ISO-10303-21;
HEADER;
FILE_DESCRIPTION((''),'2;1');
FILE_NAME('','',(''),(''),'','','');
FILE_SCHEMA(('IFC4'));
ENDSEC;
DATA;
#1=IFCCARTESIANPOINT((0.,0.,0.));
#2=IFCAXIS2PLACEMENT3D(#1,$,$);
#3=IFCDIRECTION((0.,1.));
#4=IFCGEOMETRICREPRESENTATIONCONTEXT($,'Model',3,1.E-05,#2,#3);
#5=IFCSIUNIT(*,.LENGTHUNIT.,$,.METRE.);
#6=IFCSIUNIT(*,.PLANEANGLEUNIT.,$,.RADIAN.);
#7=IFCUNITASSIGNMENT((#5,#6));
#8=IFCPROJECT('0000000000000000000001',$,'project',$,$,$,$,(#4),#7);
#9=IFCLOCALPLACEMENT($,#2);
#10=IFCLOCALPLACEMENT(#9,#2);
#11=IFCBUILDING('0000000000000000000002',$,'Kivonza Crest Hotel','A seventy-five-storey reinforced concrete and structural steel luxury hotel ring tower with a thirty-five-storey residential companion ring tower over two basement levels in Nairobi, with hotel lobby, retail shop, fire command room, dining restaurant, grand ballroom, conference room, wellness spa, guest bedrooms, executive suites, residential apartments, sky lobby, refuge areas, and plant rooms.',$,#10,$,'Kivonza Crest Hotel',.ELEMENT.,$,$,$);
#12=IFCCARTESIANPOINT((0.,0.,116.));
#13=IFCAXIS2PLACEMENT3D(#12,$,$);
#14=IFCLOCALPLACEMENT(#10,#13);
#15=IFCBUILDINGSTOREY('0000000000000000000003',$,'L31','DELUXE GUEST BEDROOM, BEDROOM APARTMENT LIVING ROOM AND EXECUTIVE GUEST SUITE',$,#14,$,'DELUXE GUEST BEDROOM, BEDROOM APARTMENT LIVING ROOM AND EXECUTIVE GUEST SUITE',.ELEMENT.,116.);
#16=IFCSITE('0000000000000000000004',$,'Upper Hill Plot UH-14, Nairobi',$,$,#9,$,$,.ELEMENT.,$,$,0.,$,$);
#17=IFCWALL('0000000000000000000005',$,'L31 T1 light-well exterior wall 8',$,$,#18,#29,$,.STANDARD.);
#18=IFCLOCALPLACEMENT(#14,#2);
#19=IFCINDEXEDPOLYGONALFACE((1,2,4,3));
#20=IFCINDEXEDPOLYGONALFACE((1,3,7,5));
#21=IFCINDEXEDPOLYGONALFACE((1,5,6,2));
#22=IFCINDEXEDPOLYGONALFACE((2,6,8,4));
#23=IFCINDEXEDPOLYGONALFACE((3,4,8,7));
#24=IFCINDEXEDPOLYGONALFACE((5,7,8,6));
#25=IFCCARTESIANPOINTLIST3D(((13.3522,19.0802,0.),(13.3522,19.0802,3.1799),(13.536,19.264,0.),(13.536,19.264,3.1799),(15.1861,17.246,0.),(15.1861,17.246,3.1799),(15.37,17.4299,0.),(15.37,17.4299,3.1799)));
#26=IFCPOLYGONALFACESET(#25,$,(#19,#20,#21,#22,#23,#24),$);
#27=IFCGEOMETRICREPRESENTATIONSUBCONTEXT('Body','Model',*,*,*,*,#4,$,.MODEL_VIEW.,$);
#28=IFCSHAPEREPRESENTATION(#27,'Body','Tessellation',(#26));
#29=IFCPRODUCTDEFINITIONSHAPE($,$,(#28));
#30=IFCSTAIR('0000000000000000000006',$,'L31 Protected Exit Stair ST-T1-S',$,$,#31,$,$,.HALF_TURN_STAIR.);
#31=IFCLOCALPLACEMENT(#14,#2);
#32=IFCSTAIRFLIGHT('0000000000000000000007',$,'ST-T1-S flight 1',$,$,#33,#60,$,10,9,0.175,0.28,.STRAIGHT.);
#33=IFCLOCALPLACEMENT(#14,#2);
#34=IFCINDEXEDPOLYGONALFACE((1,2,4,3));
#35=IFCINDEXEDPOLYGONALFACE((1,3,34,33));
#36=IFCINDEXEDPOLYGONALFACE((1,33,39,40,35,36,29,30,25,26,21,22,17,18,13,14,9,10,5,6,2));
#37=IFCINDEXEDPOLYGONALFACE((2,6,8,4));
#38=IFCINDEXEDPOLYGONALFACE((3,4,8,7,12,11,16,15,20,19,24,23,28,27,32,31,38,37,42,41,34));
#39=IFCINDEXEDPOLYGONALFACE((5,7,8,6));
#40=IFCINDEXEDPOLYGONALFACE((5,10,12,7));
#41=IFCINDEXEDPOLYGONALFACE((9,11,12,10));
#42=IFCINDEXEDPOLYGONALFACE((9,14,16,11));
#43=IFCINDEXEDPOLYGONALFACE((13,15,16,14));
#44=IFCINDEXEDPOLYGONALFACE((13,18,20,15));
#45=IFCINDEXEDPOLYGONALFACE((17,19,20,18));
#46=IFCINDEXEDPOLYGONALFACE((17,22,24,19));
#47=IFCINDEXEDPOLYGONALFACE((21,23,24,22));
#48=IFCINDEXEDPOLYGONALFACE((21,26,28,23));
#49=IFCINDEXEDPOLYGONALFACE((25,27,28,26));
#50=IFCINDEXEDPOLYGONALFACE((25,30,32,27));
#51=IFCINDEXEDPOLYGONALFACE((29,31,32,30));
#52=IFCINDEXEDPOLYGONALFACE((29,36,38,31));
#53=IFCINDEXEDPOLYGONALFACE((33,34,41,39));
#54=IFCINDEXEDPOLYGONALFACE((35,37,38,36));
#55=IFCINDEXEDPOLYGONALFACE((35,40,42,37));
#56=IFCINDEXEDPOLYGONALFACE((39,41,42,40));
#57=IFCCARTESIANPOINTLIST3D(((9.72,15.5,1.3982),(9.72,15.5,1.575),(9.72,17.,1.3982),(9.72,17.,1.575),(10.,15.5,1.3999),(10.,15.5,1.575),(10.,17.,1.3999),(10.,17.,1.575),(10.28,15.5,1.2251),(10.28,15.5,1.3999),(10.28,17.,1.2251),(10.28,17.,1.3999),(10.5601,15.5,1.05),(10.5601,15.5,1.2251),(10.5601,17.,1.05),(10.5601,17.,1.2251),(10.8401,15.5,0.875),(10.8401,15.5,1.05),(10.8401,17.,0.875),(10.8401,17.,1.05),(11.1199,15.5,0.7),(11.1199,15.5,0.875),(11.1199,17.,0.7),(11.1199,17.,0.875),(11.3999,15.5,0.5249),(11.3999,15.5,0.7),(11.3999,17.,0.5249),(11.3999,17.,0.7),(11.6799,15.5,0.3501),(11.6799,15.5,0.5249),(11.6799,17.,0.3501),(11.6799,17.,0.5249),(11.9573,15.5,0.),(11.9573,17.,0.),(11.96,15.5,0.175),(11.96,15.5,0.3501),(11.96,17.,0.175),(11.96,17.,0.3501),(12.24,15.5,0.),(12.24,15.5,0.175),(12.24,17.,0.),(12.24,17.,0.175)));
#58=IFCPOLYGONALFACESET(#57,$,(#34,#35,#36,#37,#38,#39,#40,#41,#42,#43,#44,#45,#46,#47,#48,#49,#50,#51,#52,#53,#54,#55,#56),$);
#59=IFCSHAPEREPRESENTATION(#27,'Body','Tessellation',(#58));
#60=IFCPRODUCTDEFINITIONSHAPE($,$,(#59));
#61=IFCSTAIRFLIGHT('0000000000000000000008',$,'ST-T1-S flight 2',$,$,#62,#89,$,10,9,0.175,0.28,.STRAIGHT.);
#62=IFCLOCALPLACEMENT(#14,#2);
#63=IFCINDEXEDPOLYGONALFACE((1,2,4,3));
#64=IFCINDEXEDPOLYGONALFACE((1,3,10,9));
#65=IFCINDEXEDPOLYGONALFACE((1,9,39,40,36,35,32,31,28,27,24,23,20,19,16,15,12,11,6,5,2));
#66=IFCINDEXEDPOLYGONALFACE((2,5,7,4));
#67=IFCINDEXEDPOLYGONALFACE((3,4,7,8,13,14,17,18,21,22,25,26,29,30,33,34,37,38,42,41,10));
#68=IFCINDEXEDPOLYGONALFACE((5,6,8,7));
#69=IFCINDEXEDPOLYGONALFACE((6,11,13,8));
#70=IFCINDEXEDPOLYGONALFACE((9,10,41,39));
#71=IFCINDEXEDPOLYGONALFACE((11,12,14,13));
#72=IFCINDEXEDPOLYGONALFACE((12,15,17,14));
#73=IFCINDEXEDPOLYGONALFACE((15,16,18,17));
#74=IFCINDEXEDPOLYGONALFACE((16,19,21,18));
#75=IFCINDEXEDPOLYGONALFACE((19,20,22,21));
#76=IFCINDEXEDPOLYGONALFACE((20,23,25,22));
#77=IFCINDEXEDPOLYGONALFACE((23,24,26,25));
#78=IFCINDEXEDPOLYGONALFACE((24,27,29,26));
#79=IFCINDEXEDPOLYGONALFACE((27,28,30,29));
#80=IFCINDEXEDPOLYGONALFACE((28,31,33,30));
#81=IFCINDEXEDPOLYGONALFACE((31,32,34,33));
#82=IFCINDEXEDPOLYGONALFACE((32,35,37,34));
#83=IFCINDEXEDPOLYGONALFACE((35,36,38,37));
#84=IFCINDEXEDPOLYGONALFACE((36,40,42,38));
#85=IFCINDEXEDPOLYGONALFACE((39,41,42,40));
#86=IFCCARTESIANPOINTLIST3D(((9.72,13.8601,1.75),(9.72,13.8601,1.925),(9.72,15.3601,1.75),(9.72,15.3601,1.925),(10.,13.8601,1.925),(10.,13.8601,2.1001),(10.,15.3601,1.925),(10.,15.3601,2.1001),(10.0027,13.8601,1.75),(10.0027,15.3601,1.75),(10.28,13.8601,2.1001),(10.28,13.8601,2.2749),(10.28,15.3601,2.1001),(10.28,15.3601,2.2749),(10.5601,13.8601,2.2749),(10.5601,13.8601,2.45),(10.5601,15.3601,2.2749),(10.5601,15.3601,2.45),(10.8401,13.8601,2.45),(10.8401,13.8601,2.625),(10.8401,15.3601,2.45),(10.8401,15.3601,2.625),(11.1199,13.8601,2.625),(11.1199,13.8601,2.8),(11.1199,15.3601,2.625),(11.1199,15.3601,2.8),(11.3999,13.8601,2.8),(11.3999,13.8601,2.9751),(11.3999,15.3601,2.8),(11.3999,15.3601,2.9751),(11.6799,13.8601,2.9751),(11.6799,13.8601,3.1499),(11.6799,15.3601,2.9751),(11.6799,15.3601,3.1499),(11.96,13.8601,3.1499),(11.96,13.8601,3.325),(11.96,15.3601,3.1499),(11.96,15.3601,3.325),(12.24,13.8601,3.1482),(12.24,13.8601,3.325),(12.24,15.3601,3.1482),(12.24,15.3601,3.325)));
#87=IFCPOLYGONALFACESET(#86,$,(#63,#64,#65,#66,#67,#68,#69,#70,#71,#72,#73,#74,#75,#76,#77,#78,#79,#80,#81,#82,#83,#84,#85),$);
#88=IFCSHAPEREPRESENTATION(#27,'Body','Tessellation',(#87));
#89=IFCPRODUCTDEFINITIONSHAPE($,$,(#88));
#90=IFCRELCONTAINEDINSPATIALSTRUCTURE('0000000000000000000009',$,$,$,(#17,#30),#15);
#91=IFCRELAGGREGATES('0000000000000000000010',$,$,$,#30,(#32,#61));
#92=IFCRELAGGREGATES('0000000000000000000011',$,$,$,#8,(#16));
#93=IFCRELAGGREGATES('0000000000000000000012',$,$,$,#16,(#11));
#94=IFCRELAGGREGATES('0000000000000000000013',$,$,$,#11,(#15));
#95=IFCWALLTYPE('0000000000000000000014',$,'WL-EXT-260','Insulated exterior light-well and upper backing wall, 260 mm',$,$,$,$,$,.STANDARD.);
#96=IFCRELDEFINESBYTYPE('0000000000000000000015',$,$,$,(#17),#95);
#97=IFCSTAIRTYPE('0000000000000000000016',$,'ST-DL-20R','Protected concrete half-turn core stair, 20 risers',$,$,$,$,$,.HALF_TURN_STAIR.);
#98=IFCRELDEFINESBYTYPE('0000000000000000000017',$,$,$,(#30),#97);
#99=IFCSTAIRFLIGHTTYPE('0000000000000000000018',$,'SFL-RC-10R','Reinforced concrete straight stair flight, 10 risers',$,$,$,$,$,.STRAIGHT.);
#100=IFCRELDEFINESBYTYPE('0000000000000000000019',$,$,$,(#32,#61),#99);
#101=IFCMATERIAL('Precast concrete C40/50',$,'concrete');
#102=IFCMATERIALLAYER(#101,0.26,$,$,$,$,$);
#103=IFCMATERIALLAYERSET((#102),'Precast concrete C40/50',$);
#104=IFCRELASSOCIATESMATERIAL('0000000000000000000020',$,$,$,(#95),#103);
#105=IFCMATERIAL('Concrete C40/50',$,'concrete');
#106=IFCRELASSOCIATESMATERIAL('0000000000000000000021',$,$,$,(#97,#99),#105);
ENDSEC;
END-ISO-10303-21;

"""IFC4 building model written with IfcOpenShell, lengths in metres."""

from ifc_helpers import new_model, si_unit, direction, frame, frame_2d, origin, place, context, subcontext, project, spatial, polyline, rectangle, outline, extrude, material, layer, layer_set, type_object, element, aggregate, save


model = new_model("IFC4")

# Units and contexts
model_context = context("Model", 3, precision=1e-05, world=origin(), true_north=direction((0.0, 1.0)))
body_context = subcontext(model_context, "Body", "Model", "MODEL_VIEW")
ifc_project = project(units=[si_unit("LENGTHUNIT", "METRE"), si_unit("PLANEANGLEUNIT", "RADIAN")], contexts=[model_context])

# Site, building, storey
site_placement = place(None, origin())
site = spatial("IfcSite", under=ifc_project, at=site_placement, Name="Upper Hill Plot UH-14, Nairobi", CompositionType="ELEMENT", RefElevation=0.0)
building_placement = place(site_placement, origin())
building = spatial("IfcBuilding", under=site, at=building_placement, Name="Kivonza Crest Hotel", Description="A seventy-five-storey reinforced concrete and structural steel luxury hotel ring tower with a thirty-five-storey residential companion ring tower over two basement levels in Nairobi, with hotel lobby, retail shop, fire command room, dining restaurant, grand ballroom, conference room, wellness spa, guest bedrooms, executive suites, residential apartments, sky lobby, refuge areas, and plant rooms.", LongName="Kivonza Crest Hotel", CompositionType="ELEMENT")
storey_placement = place(building_placement, frame((0.0, 0.0, 116.0)))
storey = spatial("IfcBuildingStorey", under=building, at=storey_placement, Name="L31", Description="DELUXE GUEST BEDROOM, BEDROOM APARTMENT LIVING ROOM AND EXECUTIVE GUEST SUITE", LongName="DELUXE GUEST BEDROOM, BEDROOM APARTMENT LIVING ROOM AND EXECUTIVE GUEST SUITE", CompositionType="ELEMENT", Elevation=116.0)

# Wall
ifc_material_1 = material(Name="Precast concrete C40/50", Category="concrete")
ifc_layer_1 = layer(ifc_material_1, 0.26)
ifc_layer_set_1 = layer_set([ifc_layer_1], Name="Precast concrete C40/50")
wall_type_1 = type_object("IfcWallType", Name="WL-EXT-260", Description="Insulated exterior light-well and upper backing wall, 260 mm", PredefinedType="STANDARD", material=ifc_layer_set_1)
wall_1_placement = place(storey_placement, frame((13.4441, 19.1721, 0.0), z_axis=(0.0, 0.0, 1.0), x_axis=(0.70706, -0.707154, 0.0)))
element("IfcWall", 1, at=wall_1_placement, inside=storey, type_object=wall_type_1, Name="L31 T1 light-well exterior wall 8", PredefinedType="STANDARD", context=body_context, shape_type="SweptSolid", body=[
    extrude(rectangle(XDim=2.5938, YDim=0.26, at=frame_2d((1.2969, 0.0))), origin(), (0.0, 0.0, 1.0), 3.1799),
])

# Stair, stair flights
ifc_material_2 = material(Name="Concrete C40/50", Category="concrete")
stair_type = type_object("IfcStairType", Name="ST-DL-20R", Description="Protected concrete half-turn core stair, 20 risers", PredefinedType="HALF_TURN_STAIR", material=ifc_material_2)
stair_placement = place(storey_placement, origin())
stair = element("IfcStair", 2, at=stair_placement, inside=storey, type_object=stair_type, Name="L31 Protected Exit Stair ST-T1-S", PredefinedType="HALF_TURN_STAIR")
stair_flight_type = type_object("IfcStairFlightType", Name="SFL-RC-10R", Description="Reinforced concrete straight stair flight, 10 risers", PredefinedType="STRAIGHT", material=ifc_material_2)
stair_flight_1_placement = place(storey_placement, frame((12.24, 16.25, 0.0), z_axis=(0.0, 0.0, 1.0), x_axis=(-1.0, 0.0, 0.0)))
stair_flight_1 = element("IfcStairFlight", 3, at=stair_flight_1_placement, type_object=stair_flight_type, Name="ST-T1-S flight 1", NumberOfRisers=10, NumberOfTreads=9, PredefinedType="STRAIGHT", RiserHeight=0.175, TreadLength=0.28, context=body_context, shape_type="SweptSolid", body=[
    extrude(outline(polyline([(0.0, 0.0), (0.0, 0.175), (0.28, 0.175), (0.28, 0.3501), (0.5601, 0.3501), (0.5601, 0.5249), (0.8401, 0.5249), (0.8401, 0.7), (1.1201, 0.7), (1.1201, 0.875), (1.3999, 0.875), (1.3999, 1.05), (1.6799, 1.05), (1.6799, 1.2251), (1.96, 1.2251), (1.96, 1.3999), (2.24, 1.3999), (2.24, 1.575), (2.52, 1.575), (2.52, 1.75), (2.52, 1.3982), (0.2827, 0.0), (0.0, 0.0)])), frame((0.0, 0.75, 0.0), z_axis=(0.0, -1.0, 0.0), x_axis=(1.0, 0.0, 0.0)), (0.0, 0.0, 1.0), 1.5),
])
stair_flight_2_placement = place(storey_placement, frame((9.72, 14.6101, 1.75), z_axis=(0.0, 0.0, 1.0), x_axis=(1.0, 0.0, 0.0)))
stair_flight_2 = element("IfcStairFlight", 4, at=stair_flight_2_placement, type_object=stair_flight_type, Name="ST-T1-S flight 2", NumberOfRisers=10, NumberOfTreads=9, PredefinedType="STRAIGHT", RiserHeight=0.175, TreadLength=0.28, context=body_context, shape_type="SweptSolid", body=[
    extrude(outline(polyline([(0.0, 0.0), (0.0, 0.175), (0.28, 0.175), (0.28, 0.3501), (0.5601, 0.3501), (0.5601, 0.5249), (0.8401, 0.5249), (0.8401, 0.7), (1.1201, 0.7), (1.1201, 0.875), (1.3999, 0.875), (1.3999, 1.05), (1.6799, 1.05), (1.6799, 1.2251), (1.96, 1.2251), (1.96, 1.3999), (2.24, 1.3999), (2.24, 1.575), (2.52, 1.575), (2.52, 1.75), (2.52, 1.3982), (0.2827, 0.0), (0.0, 0.0)])), frame((0.0, 0.75, 0.0), z_axis=(0.0, -1.0, 0.0), x_axis=(1.0, 0.0, 0.0)), (0.0, 0.0, 1.0), 1.5),
])
aggregate(stair, [stair_flight_1, stair_flight_2])

save(model, "model.ifc")
